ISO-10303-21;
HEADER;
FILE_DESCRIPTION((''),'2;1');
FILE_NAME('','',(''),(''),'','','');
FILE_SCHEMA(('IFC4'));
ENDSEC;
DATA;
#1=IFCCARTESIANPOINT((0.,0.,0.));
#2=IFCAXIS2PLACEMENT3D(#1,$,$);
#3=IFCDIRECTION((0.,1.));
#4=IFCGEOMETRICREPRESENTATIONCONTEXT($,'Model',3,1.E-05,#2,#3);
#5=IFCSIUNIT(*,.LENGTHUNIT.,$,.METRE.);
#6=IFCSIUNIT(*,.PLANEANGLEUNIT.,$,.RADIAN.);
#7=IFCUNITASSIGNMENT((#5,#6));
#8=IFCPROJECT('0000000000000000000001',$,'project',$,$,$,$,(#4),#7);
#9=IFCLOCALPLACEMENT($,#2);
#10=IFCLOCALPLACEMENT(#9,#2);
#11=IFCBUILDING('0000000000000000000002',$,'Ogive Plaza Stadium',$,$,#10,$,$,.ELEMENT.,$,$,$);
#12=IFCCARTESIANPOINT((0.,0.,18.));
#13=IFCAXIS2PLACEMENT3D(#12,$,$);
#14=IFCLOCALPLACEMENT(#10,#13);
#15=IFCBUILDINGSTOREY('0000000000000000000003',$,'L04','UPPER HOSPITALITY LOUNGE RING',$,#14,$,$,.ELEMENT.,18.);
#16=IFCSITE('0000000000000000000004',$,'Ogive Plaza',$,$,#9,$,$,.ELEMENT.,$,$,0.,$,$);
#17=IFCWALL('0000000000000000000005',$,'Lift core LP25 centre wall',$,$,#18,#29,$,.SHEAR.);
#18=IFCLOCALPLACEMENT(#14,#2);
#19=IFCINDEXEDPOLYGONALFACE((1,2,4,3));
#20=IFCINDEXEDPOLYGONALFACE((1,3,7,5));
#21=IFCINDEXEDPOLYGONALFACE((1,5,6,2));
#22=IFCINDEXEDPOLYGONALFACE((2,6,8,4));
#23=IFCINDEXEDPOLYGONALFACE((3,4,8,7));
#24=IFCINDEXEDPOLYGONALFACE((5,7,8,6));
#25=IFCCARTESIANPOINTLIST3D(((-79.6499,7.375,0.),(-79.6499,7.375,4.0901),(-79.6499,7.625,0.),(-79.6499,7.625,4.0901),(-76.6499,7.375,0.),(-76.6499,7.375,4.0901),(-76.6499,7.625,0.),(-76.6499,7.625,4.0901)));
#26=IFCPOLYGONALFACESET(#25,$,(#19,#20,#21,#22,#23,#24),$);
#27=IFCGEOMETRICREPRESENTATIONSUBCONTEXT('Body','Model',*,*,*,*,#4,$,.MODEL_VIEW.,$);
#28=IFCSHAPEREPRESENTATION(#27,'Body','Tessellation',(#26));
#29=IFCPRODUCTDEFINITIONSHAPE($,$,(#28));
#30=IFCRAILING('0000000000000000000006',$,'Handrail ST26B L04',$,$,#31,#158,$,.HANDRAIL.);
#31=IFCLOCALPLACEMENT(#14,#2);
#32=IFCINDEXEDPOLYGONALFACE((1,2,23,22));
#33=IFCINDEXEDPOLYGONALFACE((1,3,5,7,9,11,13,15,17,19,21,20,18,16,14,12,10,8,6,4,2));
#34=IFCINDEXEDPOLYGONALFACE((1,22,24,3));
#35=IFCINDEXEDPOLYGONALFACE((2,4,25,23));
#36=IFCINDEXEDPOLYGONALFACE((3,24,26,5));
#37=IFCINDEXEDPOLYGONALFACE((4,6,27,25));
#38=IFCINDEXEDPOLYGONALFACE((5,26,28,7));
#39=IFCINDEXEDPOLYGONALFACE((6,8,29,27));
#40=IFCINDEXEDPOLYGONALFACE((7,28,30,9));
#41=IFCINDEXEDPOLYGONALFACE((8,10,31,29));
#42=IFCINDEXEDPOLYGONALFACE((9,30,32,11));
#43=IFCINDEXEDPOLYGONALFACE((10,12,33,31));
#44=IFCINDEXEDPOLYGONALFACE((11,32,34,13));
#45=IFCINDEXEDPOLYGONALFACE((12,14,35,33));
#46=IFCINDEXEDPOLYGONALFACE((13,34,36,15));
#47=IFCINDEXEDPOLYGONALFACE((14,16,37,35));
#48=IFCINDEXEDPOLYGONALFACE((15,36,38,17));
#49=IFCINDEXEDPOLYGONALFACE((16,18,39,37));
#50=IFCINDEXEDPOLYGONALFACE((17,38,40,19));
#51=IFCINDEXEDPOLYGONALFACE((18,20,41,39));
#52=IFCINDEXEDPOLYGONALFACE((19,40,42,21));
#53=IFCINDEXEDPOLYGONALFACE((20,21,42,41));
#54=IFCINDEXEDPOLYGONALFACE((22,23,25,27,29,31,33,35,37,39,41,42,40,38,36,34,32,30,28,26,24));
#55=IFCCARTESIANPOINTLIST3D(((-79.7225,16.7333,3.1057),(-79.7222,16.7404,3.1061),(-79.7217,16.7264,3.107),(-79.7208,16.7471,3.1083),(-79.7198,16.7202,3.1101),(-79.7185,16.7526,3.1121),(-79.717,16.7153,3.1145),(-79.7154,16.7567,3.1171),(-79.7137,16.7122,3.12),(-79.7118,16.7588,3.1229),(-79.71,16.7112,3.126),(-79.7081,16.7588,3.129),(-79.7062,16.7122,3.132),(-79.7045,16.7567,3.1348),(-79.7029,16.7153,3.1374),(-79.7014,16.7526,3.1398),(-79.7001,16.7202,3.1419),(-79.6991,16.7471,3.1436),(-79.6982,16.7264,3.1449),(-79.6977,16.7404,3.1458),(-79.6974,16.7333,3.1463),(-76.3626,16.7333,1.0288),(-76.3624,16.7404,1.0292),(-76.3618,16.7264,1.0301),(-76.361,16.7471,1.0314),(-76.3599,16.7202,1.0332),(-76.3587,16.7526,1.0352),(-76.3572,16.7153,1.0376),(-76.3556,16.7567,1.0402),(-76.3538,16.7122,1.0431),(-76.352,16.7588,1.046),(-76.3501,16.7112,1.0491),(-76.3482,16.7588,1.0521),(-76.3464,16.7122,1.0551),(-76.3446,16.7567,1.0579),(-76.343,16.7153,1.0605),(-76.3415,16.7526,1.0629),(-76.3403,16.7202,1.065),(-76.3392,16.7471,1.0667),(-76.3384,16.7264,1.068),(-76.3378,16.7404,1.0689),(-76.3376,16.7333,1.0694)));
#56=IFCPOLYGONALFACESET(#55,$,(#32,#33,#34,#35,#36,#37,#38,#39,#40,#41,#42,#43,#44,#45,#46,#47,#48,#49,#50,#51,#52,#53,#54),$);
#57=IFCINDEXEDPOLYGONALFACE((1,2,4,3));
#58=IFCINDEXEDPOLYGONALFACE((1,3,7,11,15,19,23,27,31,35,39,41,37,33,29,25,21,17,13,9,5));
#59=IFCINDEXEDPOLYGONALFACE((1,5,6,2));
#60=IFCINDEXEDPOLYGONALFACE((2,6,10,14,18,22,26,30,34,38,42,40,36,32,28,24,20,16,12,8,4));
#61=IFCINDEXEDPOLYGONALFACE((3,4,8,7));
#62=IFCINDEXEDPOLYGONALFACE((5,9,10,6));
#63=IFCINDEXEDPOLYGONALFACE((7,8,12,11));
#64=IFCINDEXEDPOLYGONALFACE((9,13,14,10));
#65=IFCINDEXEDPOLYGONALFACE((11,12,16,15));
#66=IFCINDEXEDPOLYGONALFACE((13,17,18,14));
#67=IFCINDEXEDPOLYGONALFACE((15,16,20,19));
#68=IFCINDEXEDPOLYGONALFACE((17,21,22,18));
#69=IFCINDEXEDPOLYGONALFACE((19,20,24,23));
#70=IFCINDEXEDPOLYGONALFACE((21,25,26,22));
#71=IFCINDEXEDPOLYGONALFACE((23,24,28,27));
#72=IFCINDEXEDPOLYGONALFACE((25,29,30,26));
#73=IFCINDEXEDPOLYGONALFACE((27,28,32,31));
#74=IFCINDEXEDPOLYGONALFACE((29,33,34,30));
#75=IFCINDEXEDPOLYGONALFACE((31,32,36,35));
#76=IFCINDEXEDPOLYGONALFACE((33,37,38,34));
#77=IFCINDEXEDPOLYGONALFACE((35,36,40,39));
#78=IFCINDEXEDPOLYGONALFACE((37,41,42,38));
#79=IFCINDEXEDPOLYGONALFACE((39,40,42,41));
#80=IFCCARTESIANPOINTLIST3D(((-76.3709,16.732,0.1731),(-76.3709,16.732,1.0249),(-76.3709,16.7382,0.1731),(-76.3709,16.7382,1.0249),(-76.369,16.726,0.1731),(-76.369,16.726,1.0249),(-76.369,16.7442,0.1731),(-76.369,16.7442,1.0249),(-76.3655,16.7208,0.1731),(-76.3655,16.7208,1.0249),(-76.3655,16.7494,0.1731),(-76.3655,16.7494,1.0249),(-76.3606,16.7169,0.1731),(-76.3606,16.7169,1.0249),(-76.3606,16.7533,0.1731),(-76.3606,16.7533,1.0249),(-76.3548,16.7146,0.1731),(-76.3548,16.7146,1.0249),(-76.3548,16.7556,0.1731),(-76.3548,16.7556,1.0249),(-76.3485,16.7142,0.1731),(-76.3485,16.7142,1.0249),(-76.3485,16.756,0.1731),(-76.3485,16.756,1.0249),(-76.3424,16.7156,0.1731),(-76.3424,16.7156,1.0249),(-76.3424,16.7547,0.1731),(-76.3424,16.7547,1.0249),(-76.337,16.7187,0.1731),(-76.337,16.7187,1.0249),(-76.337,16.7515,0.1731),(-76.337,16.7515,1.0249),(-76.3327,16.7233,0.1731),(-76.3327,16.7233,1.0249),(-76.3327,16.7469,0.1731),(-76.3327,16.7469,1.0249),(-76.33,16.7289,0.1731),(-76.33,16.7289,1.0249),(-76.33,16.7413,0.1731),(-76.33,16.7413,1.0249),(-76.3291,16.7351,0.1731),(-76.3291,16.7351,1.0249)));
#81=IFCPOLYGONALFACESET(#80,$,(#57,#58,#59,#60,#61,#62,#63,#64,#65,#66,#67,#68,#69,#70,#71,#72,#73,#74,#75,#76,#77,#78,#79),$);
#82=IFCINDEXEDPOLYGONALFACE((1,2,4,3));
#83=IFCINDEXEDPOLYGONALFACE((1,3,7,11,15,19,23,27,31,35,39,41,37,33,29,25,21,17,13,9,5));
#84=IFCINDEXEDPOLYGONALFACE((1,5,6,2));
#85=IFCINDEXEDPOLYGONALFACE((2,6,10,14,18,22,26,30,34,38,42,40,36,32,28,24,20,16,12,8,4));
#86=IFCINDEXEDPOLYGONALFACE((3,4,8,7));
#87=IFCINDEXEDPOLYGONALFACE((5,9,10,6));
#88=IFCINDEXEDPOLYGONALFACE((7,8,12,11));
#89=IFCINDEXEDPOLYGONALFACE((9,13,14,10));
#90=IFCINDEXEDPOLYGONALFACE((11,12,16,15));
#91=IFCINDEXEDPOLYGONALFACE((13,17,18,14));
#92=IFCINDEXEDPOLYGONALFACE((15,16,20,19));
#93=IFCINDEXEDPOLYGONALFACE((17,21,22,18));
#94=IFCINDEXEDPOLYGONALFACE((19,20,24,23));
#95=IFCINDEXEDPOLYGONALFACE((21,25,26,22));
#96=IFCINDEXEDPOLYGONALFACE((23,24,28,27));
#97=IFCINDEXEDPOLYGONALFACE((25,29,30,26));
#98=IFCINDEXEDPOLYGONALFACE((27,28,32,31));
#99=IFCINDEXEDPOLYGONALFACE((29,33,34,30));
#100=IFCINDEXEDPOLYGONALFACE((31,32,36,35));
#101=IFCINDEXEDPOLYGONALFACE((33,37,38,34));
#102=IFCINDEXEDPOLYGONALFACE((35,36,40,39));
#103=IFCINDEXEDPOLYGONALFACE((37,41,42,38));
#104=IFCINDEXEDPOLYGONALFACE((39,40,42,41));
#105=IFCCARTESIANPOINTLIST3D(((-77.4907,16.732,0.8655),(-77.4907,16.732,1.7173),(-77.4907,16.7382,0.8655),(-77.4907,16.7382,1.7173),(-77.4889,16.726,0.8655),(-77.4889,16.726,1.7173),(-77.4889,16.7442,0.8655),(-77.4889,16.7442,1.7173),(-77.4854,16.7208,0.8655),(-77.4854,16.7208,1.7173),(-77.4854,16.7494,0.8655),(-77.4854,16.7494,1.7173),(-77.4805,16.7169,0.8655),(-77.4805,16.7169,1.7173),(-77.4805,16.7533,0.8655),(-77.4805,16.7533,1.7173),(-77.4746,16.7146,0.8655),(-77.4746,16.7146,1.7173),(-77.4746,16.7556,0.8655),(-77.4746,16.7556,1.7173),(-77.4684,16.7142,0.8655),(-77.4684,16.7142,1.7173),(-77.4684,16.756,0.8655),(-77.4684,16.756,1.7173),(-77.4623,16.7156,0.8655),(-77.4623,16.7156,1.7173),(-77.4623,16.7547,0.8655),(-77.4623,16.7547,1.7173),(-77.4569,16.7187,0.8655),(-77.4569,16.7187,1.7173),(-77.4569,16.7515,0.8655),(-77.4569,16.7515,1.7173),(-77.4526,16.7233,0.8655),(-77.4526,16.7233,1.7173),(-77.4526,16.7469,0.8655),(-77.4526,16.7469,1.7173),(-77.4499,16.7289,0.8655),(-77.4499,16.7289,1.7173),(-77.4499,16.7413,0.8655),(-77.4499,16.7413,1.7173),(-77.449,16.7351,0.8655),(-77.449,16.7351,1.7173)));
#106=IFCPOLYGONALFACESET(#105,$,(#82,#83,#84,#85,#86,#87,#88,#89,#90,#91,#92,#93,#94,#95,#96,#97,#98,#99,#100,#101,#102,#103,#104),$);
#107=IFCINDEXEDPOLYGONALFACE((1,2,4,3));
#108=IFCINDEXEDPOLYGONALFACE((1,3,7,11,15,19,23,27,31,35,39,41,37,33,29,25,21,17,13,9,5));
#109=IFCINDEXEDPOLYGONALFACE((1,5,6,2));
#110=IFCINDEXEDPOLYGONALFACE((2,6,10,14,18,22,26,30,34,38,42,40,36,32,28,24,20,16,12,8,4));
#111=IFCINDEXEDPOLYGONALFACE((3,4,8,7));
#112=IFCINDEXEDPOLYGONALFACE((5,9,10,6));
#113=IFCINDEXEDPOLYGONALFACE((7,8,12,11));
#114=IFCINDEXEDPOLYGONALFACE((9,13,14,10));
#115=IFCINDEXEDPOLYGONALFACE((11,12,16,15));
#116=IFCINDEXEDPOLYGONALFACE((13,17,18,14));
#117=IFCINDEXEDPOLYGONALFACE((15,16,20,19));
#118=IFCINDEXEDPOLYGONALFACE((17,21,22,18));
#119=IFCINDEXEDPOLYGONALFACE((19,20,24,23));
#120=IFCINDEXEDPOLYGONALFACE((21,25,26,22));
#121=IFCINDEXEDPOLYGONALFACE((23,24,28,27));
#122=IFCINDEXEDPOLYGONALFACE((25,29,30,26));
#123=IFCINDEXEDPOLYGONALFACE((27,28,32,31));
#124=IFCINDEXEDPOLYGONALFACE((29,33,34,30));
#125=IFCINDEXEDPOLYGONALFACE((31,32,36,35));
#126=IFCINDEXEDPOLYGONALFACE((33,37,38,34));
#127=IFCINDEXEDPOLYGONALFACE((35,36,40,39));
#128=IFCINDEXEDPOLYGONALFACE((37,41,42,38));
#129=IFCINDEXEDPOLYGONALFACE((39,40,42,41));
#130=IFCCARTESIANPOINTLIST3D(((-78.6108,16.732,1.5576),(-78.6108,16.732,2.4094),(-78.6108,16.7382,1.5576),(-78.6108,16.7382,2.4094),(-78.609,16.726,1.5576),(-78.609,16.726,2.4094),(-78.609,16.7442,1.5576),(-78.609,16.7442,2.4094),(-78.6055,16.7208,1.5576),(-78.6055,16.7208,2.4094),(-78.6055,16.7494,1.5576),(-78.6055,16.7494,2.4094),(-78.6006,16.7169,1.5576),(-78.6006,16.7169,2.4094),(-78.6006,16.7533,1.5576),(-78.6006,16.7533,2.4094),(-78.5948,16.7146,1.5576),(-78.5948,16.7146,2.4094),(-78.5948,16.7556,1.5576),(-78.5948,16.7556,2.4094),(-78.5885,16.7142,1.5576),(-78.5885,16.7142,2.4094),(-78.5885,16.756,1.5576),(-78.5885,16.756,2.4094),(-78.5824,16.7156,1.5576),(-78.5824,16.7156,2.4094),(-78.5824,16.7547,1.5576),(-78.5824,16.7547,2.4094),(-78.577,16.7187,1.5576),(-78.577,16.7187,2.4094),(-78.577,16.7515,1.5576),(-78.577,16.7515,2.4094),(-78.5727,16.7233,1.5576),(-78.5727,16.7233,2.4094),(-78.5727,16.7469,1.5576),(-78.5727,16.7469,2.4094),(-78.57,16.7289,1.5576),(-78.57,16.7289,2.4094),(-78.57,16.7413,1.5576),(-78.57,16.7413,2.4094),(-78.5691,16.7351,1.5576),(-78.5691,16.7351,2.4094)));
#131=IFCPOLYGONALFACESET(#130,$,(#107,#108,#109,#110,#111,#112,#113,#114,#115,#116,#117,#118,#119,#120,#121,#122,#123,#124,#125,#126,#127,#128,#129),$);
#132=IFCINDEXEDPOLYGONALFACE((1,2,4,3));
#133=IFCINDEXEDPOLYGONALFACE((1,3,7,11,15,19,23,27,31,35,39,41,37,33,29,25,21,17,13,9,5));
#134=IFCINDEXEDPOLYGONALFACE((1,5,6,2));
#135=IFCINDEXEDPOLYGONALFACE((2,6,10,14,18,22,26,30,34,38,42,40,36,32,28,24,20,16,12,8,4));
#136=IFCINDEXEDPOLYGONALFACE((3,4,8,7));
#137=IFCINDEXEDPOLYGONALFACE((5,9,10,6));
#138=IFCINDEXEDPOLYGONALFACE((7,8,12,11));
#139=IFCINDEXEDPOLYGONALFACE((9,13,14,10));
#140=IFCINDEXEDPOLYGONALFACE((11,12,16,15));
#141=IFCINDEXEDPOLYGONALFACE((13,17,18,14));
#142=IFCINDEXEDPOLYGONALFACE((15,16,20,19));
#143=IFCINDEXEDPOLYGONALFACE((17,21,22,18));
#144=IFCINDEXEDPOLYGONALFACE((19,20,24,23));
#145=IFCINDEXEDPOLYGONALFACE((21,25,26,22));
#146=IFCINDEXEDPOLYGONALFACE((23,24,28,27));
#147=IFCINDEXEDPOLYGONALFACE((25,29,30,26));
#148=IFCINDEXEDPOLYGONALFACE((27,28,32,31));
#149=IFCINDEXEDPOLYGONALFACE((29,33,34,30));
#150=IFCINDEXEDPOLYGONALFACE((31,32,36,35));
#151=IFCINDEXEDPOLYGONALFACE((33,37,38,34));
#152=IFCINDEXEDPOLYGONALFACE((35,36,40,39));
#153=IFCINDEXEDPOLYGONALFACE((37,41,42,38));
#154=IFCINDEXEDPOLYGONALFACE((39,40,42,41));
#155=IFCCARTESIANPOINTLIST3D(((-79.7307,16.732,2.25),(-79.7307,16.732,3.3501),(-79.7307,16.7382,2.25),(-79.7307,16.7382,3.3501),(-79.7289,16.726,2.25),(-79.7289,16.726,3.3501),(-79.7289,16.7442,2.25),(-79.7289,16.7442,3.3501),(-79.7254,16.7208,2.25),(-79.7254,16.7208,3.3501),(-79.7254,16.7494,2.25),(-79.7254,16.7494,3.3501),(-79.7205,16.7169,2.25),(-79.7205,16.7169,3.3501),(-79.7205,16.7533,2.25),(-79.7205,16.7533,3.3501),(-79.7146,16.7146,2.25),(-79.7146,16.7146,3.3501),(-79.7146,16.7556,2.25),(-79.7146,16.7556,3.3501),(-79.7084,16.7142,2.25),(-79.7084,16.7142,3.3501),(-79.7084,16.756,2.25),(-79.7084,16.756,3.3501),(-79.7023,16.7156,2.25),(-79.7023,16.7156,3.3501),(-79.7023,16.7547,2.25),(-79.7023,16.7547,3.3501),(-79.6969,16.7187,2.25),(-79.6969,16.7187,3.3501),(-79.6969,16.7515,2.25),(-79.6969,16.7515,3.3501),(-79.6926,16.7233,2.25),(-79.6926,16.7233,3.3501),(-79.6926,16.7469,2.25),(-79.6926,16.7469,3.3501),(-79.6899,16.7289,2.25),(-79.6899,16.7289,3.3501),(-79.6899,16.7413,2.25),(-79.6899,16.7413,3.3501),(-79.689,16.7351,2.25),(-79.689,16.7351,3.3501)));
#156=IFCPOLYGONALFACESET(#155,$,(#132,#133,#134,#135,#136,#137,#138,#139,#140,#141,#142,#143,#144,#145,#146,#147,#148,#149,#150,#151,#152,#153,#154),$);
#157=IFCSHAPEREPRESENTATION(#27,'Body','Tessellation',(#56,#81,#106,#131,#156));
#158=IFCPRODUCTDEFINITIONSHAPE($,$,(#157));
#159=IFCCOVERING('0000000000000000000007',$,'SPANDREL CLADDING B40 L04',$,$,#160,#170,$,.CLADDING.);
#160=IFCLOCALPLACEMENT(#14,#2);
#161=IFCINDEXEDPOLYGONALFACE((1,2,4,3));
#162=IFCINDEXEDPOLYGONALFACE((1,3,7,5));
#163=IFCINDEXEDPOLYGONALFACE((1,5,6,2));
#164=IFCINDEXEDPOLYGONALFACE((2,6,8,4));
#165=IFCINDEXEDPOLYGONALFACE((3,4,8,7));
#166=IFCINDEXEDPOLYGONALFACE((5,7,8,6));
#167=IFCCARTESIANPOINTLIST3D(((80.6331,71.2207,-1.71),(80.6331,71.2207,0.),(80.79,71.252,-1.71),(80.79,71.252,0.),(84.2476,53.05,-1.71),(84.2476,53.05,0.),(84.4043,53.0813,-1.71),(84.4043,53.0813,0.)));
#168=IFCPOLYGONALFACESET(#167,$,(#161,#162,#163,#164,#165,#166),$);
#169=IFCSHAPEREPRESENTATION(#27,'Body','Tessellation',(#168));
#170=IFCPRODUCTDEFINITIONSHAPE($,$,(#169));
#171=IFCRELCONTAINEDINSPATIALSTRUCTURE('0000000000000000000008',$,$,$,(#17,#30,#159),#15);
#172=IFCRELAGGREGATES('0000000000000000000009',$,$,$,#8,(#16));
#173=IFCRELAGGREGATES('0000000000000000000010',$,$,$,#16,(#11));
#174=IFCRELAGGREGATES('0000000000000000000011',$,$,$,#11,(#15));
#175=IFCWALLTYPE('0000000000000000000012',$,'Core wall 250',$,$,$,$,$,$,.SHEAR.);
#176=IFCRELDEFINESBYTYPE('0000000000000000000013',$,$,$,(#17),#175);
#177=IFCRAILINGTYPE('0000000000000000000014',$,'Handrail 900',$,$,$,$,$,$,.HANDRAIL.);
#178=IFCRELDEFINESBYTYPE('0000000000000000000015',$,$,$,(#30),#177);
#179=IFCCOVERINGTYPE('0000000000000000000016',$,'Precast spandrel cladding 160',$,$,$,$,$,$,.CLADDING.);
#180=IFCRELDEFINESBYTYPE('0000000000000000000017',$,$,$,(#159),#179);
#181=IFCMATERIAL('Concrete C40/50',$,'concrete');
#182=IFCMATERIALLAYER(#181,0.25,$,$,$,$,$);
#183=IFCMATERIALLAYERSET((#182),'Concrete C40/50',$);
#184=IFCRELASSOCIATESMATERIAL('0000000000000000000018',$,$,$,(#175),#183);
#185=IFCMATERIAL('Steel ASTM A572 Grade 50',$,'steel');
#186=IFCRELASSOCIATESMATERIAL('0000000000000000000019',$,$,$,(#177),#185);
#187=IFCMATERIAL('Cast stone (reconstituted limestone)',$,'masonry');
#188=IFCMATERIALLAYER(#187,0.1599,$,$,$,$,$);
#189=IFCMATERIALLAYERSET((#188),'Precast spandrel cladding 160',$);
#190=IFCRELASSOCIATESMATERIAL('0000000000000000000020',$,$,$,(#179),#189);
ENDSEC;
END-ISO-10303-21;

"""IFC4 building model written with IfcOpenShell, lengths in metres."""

from ifc_helpers import new_model, si_unit, direction, frame, frame_2d, origin, origin_2d, place, context, subcontext, project, spatial, polyline, rectangle, circle, outline, extrude, material, layer, layer_set, type_object, element, save


model = new_model("IFC4")

# Units and contexts
model_context = context("Model", 3, precision=1e-05, world=origin(), true_north=direction((0.0, 1.0)))
body_context = subcontext(model_context, "Body", "Model", "MODEL_VIEW")
ifc_project = project(units=[si_unit("LENGTHUNIT", "METRE"), si_unit("PLANEANGLEUNIT", "RADIAN")], contexts=[model_context])

# Site, building, storey
site_placement = place(None, origin())
site = spatial("IfcSite", under=ifc_project, at=site_placement, Name="Ogive Plaza", CompositionType="ELEMENT", RefElevation=0.0)
building_placement = place(site_placement, origin())
building = spatial("IfcBuilding", under=site, at=building_placement, Name="Ogive Plaza Stadium", CompositionType="ELEMENT")
storey_placement = place(building_placement, frame((0.0, 0.0, 18.0)))
storey = spatial("IfcBuildingStorey", under=building, at=storey_placement, Name="L04", Description="UPPER HOSPITALITY LOUNGE RING", CompositionType="ELEMENT", Elevation=18.0)

# Shared definitions
ifc_material_1 = material(Name="Concrete C40/50", Category="concrete")
ifc_layer_1 = layer(ifc_material_1, 0.25)
ifc_layer_set_1 = layer_set([ifc_layer_1], Name="Concrete C40/50")
wall_type = type_object("IfcWallType", Name="Core wall 250", PredefinedType="SHEAR", material=ifc_layer_set_1)

# Wall
for number, where, z_axis, x_axis, name in (
    (1, (-76.6499, 7.5, 0.0), (0.0, 0.0, 1.0), (-1.0, 0.0, 0.0), "Lift core LP25 centre wall"),
):
    element("IfcWall", number, at=place(storey_placement, frame(where, z_axis=z_axis, x_axis=x_axis)), inside=storey, type_object=wall_type, Name=name, PredefinedType="SHEAR", context=body_context, shape_type="SweptSolid", body=[
        extrude(rectangle(XDim=3.0, YDim=0.25, at=frame_2d((1.5, 0.0))), origin(), (0.0, 0.0, 1.0), 4.0901),
    ])

# Railing
ifc_material_2 = material(Name="Steel ASTM A572 Grade 50", Category="steel")
railing_type_1 = type_object("IfcRailingType", Name="Handrail 900", PredefinedType="HANDRAIL", material=ifc_material_2)
railing_1_placement = place(storey_placement, frame((-76.3501, 16.7351, 0.1731)))
element("IfcRailing", 2, at=railing_1_placement, inside=storey, type_object=railing_type_1, Name="Handrail ST26B L04", PredefinedType="HANDRAIL", context=body_context, shape_type="SweptSolid", body=[
    extrude(circle(Radius=0.0239, at=origin_2d()), frame((0.0, 0.0, 0.876), z_axis=(-0.850606, 0.0, 0.525803), x_axis=(0.0, -1.0, 0.0)), (0.0, 0.0, 1.0), 3.95),
    extrude(circle(Radius=0.021, at=origin_2d()), origin(), (0.0, 0.0, 1.0), 0.8518),
    extrude(circle(Radius=0.021, at=origin_2d()), frame((-1.1199, 0.0, 0.6924)), (0.0, 0.0, 1.0), 0.8518),
    extrude(circle(Radius=0.021, at=origin_2d()), frame((-2.24, 0.0, 1.3845)), (0.0, 0.0, 1.0), 0.8518),
    extrude(circle(Radius=0.021, at=origin_2d()), frame((-3.3599, 0.0, 2.0769)), (0.0, 0.0, 1.0), 1.1001),
])

# Covering
ifc_material_3 = material(Name="Cast stone (reconstituted limestone)", Category="masonry")
ifc_layer_2 = layer(ifc_material_3, 0.1599)
ifc_layer_set_2 = layer_set([ifc_layer_2], Name="Precast spandrel cladding 160")
covering_type = type_object("IfcCoveringType", Name="Precast spandrel cladding 160", PredefinedType="CLADDING", material=ifc_layer_set_2)
covering_placement = place(storey_placement, frame((0.0, 0.0, -1.71)))
element("IfcCovering", 3, at=covering_placement, inside=storey, type_object=covering_type, Name="SPANDREL CLADDING B40 L04", PredefinedType="CLADDING", context=body_context, shape_type="SweptSolid", body=[
    extrude(outline(polyline([(80.6331, 71.2207), (84.2476, 53.05), (84.4043, 53.0813), (80.79, 71.252), (80.6331, 71.2207)])), origin(), (0.0, 0.0, 1.0), 1.71),
])

save(model, "model.ifc")
